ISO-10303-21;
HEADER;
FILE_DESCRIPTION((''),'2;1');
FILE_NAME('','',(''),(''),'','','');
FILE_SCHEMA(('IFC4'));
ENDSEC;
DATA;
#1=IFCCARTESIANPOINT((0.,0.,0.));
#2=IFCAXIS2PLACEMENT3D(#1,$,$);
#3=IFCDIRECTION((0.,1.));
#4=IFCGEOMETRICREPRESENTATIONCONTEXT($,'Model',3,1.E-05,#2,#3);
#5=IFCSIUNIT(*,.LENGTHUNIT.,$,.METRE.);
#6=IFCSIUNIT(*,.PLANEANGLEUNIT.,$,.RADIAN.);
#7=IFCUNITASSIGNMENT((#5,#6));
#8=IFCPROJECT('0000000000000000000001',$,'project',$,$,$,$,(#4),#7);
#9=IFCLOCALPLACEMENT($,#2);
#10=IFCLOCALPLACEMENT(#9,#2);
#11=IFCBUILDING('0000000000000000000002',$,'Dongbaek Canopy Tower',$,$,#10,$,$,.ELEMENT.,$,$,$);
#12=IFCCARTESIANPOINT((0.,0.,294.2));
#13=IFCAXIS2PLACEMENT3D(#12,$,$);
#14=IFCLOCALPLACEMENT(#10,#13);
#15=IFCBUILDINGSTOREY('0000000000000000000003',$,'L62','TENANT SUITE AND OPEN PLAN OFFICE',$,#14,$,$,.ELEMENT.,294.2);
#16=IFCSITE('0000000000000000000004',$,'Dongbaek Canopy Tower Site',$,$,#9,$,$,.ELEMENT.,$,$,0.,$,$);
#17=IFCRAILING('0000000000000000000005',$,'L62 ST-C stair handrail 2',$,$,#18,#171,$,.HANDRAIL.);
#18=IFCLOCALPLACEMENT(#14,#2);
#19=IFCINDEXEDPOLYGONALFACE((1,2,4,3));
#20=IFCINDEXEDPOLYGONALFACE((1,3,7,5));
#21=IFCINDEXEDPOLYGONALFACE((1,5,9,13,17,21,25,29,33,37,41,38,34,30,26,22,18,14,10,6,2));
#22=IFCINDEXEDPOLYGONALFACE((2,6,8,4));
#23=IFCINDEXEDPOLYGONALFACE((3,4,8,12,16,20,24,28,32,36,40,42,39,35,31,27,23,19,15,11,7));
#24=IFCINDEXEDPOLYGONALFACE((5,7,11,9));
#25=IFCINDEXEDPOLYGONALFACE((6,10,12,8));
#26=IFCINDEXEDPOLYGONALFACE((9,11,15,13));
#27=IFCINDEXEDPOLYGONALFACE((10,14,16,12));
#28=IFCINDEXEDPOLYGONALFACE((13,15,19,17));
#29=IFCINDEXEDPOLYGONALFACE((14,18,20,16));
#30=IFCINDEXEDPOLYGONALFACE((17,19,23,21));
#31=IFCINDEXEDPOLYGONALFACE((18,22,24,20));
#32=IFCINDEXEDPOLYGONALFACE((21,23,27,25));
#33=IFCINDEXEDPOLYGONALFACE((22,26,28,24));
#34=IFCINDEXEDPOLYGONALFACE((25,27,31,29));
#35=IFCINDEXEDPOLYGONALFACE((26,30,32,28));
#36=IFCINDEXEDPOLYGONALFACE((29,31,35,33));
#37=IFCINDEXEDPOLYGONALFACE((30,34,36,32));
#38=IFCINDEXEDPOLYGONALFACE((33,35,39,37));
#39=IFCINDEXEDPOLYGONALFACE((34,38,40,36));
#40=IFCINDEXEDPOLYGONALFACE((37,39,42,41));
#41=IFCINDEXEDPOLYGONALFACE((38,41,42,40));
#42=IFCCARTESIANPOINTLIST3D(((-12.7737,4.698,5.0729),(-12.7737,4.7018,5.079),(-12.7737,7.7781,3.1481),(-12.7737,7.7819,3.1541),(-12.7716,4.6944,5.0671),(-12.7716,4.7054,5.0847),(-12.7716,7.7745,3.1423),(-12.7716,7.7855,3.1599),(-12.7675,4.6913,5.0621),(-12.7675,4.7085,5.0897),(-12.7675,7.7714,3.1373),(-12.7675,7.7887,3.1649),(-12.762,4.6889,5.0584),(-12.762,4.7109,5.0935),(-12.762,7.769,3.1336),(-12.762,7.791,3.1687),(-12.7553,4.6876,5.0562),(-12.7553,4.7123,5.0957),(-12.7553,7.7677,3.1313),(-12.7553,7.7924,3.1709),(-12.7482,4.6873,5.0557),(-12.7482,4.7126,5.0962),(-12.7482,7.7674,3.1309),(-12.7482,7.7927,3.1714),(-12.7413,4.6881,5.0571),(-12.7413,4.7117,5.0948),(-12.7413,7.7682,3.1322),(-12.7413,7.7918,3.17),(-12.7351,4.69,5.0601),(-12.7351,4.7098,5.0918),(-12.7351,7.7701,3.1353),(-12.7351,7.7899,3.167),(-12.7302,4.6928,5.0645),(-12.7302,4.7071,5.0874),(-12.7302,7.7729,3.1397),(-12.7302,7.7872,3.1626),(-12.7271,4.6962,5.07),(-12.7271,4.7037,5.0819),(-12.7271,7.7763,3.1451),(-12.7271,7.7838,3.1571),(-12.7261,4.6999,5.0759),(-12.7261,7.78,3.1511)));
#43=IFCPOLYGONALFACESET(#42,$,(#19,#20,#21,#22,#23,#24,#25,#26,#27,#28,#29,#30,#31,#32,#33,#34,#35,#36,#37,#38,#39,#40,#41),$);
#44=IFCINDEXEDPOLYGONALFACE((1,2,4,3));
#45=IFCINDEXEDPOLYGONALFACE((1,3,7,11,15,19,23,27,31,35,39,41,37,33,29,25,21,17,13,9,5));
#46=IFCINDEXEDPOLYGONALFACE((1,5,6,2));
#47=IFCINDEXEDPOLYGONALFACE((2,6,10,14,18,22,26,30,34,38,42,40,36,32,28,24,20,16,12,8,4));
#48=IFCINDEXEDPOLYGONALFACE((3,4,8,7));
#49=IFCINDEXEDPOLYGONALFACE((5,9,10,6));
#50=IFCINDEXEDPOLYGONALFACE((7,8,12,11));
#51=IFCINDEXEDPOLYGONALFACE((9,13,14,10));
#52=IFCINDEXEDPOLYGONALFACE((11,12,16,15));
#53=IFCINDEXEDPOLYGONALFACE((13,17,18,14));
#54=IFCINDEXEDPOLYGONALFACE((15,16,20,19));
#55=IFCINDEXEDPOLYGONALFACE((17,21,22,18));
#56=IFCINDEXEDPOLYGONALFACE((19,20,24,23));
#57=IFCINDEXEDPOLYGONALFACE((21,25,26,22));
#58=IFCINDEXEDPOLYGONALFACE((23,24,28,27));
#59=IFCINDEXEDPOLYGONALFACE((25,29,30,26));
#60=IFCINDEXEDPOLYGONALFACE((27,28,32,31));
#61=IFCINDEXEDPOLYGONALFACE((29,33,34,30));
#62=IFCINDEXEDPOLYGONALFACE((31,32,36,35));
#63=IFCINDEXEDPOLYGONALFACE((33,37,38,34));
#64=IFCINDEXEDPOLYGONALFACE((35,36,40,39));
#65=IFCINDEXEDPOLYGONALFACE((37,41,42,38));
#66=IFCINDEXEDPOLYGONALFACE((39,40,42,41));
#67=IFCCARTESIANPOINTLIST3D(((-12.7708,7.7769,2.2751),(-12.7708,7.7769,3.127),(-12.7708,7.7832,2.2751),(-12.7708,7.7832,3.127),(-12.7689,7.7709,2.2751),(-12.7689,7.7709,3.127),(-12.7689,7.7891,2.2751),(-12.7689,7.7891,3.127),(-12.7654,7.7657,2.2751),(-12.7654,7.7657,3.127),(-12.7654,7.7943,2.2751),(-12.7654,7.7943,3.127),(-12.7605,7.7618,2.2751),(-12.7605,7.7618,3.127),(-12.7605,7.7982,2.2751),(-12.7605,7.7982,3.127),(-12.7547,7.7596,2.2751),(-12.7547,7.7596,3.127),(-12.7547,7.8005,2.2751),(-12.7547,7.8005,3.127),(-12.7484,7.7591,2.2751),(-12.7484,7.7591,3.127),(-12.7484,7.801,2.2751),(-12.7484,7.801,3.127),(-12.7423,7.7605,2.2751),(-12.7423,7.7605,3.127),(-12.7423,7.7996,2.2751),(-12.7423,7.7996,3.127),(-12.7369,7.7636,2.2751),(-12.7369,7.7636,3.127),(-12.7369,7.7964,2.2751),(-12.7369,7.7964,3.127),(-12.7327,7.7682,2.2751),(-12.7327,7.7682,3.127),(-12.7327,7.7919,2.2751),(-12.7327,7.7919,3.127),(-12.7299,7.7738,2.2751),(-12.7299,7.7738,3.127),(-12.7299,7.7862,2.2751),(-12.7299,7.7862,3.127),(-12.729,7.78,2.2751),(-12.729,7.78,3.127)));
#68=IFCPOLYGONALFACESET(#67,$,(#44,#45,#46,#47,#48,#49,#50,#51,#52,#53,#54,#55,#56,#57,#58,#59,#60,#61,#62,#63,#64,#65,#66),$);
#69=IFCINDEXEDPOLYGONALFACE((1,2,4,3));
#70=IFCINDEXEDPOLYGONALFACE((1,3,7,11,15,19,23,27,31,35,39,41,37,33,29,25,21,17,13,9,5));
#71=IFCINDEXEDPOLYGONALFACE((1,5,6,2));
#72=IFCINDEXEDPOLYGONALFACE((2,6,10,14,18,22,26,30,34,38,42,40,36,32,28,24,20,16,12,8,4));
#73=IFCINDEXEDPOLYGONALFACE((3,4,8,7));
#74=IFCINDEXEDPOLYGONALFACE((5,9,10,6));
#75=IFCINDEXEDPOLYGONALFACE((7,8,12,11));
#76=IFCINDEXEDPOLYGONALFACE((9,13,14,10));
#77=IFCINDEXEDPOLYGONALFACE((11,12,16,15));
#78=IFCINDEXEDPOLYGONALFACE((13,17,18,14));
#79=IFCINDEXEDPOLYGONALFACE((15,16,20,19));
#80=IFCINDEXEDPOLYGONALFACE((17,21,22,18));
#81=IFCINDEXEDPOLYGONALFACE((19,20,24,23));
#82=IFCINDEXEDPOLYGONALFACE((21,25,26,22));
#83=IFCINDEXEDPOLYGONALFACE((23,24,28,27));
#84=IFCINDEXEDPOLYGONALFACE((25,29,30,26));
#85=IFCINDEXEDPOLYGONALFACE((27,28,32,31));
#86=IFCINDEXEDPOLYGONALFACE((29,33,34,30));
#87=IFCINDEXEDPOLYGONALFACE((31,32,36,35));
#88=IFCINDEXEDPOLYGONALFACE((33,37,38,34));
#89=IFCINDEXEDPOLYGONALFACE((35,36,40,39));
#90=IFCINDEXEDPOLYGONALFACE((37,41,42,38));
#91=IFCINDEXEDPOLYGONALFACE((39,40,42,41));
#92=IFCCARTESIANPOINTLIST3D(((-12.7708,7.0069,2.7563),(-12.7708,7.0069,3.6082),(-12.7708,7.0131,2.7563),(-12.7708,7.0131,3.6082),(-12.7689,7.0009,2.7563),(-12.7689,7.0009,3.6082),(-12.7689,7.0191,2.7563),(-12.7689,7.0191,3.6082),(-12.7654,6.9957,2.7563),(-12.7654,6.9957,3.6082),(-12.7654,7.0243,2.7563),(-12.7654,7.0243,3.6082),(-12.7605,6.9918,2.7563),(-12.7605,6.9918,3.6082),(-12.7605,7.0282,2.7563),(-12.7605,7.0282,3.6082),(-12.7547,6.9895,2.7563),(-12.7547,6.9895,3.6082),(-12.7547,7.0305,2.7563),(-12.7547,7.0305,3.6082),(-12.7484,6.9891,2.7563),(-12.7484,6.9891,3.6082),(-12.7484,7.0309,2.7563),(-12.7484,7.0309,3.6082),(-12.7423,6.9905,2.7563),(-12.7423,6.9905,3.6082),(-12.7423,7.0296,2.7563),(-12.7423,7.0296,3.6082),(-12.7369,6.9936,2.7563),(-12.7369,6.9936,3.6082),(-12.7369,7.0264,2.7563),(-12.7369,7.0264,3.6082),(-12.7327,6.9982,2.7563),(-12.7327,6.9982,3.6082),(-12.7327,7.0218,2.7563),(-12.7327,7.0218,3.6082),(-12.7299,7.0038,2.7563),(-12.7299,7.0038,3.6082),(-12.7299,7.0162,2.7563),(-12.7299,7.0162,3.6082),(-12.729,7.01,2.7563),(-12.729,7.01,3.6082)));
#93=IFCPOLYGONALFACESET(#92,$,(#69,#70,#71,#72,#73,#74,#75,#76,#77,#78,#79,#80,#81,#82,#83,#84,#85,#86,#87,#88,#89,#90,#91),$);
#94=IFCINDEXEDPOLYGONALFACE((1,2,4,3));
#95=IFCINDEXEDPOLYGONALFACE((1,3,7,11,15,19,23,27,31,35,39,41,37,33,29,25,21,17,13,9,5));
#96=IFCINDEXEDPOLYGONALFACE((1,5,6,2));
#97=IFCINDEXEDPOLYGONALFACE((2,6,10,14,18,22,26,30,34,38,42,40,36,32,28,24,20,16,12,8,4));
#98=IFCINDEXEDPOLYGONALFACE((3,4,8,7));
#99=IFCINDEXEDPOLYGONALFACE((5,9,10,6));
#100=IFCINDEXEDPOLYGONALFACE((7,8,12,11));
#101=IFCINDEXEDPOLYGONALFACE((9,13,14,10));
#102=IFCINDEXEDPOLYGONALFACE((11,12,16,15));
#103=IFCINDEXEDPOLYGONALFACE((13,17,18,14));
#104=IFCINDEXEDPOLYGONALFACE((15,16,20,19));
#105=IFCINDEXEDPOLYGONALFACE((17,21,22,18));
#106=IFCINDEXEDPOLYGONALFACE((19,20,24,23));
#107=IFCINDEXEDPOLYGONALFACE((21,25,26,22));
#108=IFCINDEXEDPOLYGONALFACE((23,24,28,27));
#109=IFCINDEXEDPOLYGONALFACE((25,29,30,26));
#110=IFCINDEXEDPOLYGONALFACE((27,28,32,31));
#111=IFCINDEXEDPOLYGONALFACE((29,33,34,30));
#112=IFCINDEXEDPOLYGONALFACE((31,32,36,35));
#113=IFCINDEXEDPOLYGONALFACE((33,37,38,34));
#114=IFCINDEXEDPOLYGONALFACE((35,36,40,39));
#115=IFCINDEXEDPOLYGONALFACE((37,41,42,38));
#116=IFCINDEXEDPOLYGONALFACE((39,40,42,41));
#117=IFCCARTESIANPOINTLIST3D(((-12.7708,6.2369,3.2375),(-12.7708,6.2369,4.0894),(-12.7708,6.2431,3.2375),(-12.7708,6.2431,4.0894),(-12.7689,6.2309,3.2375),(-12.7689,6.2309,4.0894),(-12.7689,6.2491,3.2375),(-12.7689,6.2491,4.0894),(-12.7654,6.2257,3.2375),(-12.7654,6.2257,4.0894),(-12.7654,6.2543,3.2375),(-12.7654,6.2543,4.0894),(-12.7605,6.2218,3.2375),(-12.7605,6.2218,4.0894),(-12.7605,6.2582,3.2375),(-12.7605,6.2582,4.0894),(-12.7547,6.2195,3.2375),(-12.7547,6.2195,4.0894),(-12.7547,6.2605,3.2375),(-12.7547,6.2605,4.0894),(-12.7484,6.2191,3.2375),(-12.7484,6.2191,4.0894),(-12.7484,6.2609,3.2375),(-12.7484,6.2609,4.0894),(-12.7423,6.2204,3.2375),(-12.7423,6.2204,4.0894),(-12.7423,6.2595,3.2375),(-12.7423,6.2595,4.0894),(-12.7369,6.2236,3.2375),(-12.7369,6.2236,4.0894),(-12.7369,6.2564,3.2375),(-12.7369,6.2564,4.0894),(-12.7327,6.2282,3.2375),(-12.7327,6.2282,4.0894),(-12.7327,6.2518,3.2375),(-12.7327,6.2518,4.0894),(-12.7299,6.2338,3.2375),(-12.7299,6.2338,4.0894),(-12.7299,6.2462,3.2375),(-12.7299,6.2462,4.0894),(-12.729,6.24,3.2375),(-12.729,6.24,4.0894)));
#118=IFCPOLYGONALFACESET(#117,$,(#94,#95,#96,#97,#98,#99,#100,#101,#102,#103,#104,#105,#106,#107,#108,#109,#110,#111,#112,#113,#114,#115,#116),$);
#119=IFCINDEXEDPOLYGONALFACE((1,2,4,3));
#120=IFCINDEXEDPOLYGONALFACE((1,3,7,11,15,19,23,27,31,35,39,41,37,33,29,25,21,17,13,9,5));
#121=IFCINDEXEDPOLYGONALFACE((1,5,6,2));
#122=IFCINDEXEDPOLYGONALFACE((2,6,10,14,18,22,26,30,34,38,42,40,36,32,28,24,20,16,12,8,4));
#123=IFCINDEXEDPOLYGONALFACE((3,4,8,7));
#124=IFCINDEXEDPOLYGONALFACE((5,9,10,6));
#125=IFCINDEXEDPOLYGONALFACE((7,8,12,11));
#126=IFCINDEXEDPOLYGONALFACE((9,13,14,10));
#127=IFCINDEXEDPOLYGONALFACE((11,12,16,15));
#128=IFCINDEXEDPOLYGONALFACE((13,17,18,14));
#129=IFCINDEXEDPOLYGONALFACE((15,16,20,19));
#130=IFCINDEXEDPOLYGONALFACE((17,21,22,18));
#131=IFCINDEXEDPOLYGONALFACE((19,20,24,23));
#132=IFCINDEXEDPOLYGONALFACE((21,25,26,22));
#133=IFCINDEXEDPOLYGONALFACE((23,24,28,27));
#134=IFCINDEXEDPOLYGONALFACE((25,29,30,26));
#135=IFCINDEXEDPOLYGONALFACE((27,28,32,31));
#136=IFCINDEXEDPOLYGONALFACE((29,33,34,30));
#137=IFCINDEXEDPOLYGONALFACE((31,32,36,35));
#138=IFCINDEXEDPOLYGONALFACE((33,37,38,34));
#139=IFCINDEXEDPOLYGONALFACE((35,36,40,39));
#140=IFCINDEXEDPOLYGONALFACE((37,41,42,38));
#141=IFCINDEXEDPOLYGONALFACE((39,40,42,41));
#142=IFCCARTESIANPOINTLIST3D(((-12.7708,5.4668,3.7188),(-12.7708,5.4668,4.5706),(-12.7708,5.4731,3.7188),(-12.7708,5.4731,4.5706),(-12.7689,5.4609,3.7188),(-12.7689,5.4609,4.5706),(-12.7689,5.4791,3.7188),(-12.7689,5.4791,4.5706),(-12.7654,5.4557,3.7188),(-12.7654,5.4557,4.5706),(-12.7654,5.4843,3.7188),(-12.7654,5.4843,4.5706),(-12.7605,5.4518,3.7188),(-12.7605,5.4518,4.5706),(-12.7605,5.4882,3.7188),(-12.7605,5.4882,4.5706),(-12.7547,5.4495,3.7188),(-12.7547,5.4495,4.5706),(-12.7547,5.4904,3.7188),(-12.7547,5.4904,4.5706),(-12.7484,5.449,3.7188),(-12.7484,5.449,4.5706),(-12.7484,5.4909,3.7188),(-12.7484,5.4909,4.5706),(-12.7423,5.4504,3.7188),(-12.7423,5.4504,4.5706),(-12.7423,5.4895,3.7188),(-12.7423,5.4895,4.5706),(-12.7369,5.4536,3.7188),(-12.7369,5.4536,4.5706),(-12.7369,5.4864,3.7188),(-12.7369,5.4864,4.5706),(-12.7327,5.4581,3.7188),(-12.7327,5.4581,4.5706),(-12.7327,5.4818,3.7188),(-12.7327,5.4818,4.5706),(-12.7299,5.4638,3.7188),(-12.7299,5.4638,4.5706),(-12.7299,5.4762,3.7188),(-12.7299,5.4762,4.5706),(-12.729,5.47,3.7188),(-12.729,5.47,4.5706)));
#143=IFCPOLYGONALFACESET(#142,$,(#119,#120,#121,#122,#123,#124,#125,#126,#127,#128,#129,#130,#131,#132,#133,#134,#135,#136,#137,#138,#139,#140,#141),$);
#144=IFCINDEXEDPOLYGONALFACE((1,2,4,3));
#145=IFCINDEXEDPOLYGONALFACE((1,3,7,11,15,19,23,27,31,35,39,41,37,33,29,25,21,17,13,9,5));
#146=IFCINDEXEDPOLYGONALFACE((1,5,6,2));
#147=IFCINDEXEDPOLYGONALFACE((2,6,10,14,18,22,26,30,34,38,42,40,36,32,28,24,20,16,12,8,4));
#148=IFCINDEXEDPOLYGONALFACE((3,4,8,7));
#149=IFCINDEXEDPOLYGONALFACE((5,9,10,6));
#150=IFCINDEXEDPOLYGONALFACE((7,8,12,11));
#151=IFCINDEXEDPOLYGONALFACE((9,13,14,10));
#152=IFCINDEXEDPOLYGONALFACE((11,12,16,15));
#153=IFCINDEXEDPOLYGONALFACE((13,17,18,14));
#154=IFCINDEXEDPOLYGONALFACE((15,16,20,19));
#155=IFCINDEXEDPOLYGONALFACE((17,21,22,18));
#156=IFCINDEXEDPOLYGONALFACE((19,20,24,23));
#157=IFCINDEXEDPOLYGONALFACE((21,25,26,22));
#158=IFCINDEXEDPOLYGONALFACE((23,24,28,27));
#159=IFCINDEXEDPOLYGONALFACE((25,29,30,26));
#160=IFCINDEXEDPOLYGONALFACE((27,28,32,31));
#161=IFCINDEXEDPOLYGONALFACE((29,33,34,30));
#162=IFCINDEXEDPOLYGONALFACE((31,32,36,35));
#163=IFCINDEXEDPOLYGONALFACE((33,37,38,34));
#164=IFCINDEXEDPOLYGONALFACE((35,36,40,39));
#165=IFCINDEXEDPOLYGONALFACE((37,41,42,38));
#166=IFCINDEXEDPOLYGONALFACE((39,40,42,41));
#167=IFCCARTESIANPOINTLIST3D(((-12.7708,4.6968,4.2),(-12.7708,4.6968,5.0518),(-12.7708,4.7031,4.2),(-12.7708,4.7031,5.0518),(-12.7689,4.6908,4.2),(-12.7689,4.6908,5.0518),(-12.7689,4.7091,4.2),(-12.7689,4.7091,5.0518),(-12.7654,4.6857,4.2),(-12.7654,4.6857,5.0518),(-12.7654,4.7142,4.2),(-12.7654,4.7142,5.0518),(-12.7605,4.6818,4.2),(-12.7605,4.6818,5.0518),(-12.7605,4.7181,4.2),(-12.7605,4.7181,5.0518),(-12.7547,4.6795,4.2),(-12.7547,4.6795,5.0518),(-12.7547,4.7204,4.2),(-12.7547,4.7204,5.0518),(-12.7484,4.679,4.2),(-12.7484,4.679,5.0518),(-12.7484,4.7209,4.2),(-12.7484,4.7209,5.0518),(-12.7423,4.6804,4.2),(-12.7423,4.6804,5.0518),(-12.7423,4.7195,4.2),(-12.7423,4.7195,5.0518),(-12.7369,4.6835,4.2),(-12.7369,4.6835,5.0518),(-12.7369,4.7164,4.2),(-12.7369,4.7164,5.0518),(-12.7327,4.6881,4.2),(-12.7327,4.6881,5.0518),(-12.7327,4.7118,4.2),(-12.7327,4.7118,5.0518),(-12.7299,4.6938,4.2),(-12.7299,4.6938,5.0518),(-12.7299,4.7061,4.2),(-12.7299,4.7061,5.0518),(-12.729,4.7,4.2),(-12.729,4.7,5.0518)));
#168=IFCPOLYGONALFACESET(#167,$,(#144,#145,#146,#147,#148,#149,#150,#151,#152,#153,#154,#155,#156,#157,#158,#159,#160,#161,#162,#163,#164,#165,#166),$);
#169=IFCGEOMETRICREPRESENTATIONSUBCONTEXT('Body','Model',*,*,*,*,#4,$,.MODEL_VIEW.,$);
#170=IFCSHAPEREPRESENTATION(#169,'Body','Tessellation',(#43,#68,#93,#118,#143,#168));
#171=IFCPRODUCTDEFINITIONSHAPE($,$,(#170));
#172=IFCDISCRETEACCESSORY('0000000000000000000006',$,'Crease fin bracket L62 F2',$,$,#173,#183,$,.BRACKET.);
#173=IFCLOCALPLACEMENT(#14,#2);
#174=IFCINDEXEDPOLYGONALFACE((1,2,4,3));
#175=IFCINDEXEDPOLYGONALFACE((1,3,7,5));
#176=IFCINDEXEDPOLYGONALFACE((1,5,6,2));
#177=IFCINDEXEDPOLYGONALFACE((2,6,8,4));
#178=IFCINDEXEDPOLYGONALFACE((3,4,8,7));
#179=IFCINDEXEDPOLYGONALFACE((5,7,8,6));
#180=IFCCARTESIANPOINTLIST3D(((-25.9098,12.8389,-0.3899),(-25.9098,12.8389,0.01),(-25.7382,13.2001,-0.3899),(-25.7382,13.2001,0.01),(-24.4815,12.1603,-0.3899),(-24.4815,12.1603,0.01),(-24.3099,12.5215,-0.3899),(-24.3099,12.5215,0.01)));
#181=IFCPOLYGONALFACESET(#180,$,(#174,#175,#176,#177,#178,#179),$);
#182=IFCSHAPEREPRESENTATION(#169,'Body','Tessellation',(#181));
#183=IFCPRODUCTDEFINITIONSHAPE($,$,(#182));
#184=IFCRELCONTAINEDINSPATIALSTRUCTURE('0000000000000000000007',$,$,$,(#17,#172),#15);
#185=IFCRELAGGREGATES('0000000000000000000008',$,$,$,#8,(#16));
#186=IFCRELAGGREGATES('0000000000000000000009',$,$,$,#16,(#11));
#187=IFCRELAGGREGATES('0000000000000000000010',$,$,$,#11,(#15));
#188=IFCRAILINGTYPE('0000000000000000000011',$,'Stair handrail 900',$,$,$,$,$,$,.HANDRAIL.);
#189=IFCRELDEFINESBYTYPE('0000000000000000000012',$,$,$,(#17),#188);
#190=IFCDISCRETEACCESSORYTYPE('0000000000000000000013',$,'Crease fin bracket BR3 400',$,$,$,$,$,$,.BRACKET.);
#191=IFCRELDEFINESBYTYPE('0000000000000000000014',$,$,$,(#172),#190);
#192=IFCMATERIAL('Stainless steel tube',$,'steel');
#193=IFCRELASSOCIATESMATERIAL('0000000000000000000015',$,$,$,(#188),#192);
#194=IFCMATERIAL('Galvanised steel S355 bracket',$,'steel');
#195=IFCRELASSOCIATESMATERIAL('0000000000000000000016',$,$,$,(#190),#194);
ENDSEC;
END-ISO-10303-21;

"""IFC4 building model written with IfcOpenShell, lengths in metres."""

from ifc_helpers import new_model, si_unit, direction, frame, origin, origin_2d, place, context, subcontext, project, spatial, rectangle, circle, extrude, material, type_object, element, save


model = new_model("IFC4")

# Units and contexts
model_context = context("Model", 3, precision=1e-05, world=origin(), true_north=direction((0.0, 1.0)))
body_context = subcontext(model_context, "Body", "Model", "MODEL_VIEW")
ifc_project = project(units=[si_unit("LENGTHUNIT", "METRE"), si_unit("PLANEANGLEUNIT", "RADIAN")], contexts=[model_context])

# Site, building, storey
site_placement = place(None, origin())
site = spatial("IfcSite", under=ifc_project, at=site_placement, Name="Dongbaek Canopy Tower Site", CompositionType="ELEMENT", RefElevation=0.0)
building_placement = place(site_placement, origin())
building = spatial("IfcBuilding", under=site, at=building_placement, Name="Dongbaek Canopy Tower", CompositionType="ELEMENT")
storey_placement = place(building_placement, frame((0.0, 0.0, 294.2)))
storey = spatial("IfcBuildingStorey", under=building, at=storey_placement, Name="L62", Description="TENANT SUITE AND OPEN PLAN OFFICE", CompositionType="ELEMENT", Elevation=294.2)

# Railing
ifc_material_1 = material(Name="Stainless steel tube", Category="steel")
railing_type_1 = type_object("IfcRailingType", Name="Stair handrail 900", PredefinedType="HANDRAIL", material=ifc_material_1)
railing_1_placement = place(storey_placement, frame((-12.75, 7.78, 2.2751)))
element("IfcRailing", 1, at=railing_1_placement, inside=storey, type_object=railing_type_1, Name="L62 ST-C stair handrail 2", PredefinedType="HANDRAIL", context=body_context, shape_type="SweptSolid", body=[
    extrude(circle(Radius=0.0239, at=origin_2d()), frame((0.0, 0.0, 0.876), z_axis=(0.0, -0.848029, 0.529951), x_axis=(1.0, 0.0, 0.0)), (0.0, 0.0, 1.0), 3.6321),
    extrude(circle(Radius=0.021, at=origin_2d()), origin(), (0.0, 0.0, 1.0), 0.8518),
    extrude(circle(Radius=0.021, at=origin_2d()), frame((0.0, -0.77, 0.4812)), (0.0, 0.0, 1.0), 0.8518),
    extrude(circle(Radius=0.021, at=origin_2d()), frame((0.0, -1.54, 0.9624)), (0.0, 0.0, 1.0), 0.8518),
    extrude(circle(Radius=0.021, at=origin_2d()), frame((0.0, -2.3101, 1.4436)), (0.0, 0.0, 1.0), 0.8518),
    extrude(circle(Radius=0.021, at=origin_2d()), frame((0.0, -3.0801, 1.9248)), (0.0, 0.0, 1.0), 0.8518),
])

# Discrete accessory
ifc_material_2 = material(Name="Galvanised steel S355 bracket", Category="steel")
discrete_accessory_type = type_object("IfcDiscreteAccessoryType", Name="Crease fin bracket BR3 400", PredefinedType="BRACKET", material=ifc_material_2)
discrete_accessory_placement = place(storey_placement, frame((-25.1099, 12.6802, -0.3899), z_axis=(0.0, 0.0, 1.0), x_axis=(-0.903236, 0.429143, 0.0)))
element("IfcDiscreteAccessory", 2, at=discrete_accessory_placement, inside=storey, type_object=discrete_accessory_type, Name="Crease fin bracket L62 F2", PredefinedType="BRACKET", context=body_context, shape_type="SweptSolid", body=[
    extrude(rectangle(XDim=1.5813, YDim=0.3999, at=origin_2d()), origin(), (0.0, 0.0, 1.0), 0.3999),
])

save(model, "model.ifc")
